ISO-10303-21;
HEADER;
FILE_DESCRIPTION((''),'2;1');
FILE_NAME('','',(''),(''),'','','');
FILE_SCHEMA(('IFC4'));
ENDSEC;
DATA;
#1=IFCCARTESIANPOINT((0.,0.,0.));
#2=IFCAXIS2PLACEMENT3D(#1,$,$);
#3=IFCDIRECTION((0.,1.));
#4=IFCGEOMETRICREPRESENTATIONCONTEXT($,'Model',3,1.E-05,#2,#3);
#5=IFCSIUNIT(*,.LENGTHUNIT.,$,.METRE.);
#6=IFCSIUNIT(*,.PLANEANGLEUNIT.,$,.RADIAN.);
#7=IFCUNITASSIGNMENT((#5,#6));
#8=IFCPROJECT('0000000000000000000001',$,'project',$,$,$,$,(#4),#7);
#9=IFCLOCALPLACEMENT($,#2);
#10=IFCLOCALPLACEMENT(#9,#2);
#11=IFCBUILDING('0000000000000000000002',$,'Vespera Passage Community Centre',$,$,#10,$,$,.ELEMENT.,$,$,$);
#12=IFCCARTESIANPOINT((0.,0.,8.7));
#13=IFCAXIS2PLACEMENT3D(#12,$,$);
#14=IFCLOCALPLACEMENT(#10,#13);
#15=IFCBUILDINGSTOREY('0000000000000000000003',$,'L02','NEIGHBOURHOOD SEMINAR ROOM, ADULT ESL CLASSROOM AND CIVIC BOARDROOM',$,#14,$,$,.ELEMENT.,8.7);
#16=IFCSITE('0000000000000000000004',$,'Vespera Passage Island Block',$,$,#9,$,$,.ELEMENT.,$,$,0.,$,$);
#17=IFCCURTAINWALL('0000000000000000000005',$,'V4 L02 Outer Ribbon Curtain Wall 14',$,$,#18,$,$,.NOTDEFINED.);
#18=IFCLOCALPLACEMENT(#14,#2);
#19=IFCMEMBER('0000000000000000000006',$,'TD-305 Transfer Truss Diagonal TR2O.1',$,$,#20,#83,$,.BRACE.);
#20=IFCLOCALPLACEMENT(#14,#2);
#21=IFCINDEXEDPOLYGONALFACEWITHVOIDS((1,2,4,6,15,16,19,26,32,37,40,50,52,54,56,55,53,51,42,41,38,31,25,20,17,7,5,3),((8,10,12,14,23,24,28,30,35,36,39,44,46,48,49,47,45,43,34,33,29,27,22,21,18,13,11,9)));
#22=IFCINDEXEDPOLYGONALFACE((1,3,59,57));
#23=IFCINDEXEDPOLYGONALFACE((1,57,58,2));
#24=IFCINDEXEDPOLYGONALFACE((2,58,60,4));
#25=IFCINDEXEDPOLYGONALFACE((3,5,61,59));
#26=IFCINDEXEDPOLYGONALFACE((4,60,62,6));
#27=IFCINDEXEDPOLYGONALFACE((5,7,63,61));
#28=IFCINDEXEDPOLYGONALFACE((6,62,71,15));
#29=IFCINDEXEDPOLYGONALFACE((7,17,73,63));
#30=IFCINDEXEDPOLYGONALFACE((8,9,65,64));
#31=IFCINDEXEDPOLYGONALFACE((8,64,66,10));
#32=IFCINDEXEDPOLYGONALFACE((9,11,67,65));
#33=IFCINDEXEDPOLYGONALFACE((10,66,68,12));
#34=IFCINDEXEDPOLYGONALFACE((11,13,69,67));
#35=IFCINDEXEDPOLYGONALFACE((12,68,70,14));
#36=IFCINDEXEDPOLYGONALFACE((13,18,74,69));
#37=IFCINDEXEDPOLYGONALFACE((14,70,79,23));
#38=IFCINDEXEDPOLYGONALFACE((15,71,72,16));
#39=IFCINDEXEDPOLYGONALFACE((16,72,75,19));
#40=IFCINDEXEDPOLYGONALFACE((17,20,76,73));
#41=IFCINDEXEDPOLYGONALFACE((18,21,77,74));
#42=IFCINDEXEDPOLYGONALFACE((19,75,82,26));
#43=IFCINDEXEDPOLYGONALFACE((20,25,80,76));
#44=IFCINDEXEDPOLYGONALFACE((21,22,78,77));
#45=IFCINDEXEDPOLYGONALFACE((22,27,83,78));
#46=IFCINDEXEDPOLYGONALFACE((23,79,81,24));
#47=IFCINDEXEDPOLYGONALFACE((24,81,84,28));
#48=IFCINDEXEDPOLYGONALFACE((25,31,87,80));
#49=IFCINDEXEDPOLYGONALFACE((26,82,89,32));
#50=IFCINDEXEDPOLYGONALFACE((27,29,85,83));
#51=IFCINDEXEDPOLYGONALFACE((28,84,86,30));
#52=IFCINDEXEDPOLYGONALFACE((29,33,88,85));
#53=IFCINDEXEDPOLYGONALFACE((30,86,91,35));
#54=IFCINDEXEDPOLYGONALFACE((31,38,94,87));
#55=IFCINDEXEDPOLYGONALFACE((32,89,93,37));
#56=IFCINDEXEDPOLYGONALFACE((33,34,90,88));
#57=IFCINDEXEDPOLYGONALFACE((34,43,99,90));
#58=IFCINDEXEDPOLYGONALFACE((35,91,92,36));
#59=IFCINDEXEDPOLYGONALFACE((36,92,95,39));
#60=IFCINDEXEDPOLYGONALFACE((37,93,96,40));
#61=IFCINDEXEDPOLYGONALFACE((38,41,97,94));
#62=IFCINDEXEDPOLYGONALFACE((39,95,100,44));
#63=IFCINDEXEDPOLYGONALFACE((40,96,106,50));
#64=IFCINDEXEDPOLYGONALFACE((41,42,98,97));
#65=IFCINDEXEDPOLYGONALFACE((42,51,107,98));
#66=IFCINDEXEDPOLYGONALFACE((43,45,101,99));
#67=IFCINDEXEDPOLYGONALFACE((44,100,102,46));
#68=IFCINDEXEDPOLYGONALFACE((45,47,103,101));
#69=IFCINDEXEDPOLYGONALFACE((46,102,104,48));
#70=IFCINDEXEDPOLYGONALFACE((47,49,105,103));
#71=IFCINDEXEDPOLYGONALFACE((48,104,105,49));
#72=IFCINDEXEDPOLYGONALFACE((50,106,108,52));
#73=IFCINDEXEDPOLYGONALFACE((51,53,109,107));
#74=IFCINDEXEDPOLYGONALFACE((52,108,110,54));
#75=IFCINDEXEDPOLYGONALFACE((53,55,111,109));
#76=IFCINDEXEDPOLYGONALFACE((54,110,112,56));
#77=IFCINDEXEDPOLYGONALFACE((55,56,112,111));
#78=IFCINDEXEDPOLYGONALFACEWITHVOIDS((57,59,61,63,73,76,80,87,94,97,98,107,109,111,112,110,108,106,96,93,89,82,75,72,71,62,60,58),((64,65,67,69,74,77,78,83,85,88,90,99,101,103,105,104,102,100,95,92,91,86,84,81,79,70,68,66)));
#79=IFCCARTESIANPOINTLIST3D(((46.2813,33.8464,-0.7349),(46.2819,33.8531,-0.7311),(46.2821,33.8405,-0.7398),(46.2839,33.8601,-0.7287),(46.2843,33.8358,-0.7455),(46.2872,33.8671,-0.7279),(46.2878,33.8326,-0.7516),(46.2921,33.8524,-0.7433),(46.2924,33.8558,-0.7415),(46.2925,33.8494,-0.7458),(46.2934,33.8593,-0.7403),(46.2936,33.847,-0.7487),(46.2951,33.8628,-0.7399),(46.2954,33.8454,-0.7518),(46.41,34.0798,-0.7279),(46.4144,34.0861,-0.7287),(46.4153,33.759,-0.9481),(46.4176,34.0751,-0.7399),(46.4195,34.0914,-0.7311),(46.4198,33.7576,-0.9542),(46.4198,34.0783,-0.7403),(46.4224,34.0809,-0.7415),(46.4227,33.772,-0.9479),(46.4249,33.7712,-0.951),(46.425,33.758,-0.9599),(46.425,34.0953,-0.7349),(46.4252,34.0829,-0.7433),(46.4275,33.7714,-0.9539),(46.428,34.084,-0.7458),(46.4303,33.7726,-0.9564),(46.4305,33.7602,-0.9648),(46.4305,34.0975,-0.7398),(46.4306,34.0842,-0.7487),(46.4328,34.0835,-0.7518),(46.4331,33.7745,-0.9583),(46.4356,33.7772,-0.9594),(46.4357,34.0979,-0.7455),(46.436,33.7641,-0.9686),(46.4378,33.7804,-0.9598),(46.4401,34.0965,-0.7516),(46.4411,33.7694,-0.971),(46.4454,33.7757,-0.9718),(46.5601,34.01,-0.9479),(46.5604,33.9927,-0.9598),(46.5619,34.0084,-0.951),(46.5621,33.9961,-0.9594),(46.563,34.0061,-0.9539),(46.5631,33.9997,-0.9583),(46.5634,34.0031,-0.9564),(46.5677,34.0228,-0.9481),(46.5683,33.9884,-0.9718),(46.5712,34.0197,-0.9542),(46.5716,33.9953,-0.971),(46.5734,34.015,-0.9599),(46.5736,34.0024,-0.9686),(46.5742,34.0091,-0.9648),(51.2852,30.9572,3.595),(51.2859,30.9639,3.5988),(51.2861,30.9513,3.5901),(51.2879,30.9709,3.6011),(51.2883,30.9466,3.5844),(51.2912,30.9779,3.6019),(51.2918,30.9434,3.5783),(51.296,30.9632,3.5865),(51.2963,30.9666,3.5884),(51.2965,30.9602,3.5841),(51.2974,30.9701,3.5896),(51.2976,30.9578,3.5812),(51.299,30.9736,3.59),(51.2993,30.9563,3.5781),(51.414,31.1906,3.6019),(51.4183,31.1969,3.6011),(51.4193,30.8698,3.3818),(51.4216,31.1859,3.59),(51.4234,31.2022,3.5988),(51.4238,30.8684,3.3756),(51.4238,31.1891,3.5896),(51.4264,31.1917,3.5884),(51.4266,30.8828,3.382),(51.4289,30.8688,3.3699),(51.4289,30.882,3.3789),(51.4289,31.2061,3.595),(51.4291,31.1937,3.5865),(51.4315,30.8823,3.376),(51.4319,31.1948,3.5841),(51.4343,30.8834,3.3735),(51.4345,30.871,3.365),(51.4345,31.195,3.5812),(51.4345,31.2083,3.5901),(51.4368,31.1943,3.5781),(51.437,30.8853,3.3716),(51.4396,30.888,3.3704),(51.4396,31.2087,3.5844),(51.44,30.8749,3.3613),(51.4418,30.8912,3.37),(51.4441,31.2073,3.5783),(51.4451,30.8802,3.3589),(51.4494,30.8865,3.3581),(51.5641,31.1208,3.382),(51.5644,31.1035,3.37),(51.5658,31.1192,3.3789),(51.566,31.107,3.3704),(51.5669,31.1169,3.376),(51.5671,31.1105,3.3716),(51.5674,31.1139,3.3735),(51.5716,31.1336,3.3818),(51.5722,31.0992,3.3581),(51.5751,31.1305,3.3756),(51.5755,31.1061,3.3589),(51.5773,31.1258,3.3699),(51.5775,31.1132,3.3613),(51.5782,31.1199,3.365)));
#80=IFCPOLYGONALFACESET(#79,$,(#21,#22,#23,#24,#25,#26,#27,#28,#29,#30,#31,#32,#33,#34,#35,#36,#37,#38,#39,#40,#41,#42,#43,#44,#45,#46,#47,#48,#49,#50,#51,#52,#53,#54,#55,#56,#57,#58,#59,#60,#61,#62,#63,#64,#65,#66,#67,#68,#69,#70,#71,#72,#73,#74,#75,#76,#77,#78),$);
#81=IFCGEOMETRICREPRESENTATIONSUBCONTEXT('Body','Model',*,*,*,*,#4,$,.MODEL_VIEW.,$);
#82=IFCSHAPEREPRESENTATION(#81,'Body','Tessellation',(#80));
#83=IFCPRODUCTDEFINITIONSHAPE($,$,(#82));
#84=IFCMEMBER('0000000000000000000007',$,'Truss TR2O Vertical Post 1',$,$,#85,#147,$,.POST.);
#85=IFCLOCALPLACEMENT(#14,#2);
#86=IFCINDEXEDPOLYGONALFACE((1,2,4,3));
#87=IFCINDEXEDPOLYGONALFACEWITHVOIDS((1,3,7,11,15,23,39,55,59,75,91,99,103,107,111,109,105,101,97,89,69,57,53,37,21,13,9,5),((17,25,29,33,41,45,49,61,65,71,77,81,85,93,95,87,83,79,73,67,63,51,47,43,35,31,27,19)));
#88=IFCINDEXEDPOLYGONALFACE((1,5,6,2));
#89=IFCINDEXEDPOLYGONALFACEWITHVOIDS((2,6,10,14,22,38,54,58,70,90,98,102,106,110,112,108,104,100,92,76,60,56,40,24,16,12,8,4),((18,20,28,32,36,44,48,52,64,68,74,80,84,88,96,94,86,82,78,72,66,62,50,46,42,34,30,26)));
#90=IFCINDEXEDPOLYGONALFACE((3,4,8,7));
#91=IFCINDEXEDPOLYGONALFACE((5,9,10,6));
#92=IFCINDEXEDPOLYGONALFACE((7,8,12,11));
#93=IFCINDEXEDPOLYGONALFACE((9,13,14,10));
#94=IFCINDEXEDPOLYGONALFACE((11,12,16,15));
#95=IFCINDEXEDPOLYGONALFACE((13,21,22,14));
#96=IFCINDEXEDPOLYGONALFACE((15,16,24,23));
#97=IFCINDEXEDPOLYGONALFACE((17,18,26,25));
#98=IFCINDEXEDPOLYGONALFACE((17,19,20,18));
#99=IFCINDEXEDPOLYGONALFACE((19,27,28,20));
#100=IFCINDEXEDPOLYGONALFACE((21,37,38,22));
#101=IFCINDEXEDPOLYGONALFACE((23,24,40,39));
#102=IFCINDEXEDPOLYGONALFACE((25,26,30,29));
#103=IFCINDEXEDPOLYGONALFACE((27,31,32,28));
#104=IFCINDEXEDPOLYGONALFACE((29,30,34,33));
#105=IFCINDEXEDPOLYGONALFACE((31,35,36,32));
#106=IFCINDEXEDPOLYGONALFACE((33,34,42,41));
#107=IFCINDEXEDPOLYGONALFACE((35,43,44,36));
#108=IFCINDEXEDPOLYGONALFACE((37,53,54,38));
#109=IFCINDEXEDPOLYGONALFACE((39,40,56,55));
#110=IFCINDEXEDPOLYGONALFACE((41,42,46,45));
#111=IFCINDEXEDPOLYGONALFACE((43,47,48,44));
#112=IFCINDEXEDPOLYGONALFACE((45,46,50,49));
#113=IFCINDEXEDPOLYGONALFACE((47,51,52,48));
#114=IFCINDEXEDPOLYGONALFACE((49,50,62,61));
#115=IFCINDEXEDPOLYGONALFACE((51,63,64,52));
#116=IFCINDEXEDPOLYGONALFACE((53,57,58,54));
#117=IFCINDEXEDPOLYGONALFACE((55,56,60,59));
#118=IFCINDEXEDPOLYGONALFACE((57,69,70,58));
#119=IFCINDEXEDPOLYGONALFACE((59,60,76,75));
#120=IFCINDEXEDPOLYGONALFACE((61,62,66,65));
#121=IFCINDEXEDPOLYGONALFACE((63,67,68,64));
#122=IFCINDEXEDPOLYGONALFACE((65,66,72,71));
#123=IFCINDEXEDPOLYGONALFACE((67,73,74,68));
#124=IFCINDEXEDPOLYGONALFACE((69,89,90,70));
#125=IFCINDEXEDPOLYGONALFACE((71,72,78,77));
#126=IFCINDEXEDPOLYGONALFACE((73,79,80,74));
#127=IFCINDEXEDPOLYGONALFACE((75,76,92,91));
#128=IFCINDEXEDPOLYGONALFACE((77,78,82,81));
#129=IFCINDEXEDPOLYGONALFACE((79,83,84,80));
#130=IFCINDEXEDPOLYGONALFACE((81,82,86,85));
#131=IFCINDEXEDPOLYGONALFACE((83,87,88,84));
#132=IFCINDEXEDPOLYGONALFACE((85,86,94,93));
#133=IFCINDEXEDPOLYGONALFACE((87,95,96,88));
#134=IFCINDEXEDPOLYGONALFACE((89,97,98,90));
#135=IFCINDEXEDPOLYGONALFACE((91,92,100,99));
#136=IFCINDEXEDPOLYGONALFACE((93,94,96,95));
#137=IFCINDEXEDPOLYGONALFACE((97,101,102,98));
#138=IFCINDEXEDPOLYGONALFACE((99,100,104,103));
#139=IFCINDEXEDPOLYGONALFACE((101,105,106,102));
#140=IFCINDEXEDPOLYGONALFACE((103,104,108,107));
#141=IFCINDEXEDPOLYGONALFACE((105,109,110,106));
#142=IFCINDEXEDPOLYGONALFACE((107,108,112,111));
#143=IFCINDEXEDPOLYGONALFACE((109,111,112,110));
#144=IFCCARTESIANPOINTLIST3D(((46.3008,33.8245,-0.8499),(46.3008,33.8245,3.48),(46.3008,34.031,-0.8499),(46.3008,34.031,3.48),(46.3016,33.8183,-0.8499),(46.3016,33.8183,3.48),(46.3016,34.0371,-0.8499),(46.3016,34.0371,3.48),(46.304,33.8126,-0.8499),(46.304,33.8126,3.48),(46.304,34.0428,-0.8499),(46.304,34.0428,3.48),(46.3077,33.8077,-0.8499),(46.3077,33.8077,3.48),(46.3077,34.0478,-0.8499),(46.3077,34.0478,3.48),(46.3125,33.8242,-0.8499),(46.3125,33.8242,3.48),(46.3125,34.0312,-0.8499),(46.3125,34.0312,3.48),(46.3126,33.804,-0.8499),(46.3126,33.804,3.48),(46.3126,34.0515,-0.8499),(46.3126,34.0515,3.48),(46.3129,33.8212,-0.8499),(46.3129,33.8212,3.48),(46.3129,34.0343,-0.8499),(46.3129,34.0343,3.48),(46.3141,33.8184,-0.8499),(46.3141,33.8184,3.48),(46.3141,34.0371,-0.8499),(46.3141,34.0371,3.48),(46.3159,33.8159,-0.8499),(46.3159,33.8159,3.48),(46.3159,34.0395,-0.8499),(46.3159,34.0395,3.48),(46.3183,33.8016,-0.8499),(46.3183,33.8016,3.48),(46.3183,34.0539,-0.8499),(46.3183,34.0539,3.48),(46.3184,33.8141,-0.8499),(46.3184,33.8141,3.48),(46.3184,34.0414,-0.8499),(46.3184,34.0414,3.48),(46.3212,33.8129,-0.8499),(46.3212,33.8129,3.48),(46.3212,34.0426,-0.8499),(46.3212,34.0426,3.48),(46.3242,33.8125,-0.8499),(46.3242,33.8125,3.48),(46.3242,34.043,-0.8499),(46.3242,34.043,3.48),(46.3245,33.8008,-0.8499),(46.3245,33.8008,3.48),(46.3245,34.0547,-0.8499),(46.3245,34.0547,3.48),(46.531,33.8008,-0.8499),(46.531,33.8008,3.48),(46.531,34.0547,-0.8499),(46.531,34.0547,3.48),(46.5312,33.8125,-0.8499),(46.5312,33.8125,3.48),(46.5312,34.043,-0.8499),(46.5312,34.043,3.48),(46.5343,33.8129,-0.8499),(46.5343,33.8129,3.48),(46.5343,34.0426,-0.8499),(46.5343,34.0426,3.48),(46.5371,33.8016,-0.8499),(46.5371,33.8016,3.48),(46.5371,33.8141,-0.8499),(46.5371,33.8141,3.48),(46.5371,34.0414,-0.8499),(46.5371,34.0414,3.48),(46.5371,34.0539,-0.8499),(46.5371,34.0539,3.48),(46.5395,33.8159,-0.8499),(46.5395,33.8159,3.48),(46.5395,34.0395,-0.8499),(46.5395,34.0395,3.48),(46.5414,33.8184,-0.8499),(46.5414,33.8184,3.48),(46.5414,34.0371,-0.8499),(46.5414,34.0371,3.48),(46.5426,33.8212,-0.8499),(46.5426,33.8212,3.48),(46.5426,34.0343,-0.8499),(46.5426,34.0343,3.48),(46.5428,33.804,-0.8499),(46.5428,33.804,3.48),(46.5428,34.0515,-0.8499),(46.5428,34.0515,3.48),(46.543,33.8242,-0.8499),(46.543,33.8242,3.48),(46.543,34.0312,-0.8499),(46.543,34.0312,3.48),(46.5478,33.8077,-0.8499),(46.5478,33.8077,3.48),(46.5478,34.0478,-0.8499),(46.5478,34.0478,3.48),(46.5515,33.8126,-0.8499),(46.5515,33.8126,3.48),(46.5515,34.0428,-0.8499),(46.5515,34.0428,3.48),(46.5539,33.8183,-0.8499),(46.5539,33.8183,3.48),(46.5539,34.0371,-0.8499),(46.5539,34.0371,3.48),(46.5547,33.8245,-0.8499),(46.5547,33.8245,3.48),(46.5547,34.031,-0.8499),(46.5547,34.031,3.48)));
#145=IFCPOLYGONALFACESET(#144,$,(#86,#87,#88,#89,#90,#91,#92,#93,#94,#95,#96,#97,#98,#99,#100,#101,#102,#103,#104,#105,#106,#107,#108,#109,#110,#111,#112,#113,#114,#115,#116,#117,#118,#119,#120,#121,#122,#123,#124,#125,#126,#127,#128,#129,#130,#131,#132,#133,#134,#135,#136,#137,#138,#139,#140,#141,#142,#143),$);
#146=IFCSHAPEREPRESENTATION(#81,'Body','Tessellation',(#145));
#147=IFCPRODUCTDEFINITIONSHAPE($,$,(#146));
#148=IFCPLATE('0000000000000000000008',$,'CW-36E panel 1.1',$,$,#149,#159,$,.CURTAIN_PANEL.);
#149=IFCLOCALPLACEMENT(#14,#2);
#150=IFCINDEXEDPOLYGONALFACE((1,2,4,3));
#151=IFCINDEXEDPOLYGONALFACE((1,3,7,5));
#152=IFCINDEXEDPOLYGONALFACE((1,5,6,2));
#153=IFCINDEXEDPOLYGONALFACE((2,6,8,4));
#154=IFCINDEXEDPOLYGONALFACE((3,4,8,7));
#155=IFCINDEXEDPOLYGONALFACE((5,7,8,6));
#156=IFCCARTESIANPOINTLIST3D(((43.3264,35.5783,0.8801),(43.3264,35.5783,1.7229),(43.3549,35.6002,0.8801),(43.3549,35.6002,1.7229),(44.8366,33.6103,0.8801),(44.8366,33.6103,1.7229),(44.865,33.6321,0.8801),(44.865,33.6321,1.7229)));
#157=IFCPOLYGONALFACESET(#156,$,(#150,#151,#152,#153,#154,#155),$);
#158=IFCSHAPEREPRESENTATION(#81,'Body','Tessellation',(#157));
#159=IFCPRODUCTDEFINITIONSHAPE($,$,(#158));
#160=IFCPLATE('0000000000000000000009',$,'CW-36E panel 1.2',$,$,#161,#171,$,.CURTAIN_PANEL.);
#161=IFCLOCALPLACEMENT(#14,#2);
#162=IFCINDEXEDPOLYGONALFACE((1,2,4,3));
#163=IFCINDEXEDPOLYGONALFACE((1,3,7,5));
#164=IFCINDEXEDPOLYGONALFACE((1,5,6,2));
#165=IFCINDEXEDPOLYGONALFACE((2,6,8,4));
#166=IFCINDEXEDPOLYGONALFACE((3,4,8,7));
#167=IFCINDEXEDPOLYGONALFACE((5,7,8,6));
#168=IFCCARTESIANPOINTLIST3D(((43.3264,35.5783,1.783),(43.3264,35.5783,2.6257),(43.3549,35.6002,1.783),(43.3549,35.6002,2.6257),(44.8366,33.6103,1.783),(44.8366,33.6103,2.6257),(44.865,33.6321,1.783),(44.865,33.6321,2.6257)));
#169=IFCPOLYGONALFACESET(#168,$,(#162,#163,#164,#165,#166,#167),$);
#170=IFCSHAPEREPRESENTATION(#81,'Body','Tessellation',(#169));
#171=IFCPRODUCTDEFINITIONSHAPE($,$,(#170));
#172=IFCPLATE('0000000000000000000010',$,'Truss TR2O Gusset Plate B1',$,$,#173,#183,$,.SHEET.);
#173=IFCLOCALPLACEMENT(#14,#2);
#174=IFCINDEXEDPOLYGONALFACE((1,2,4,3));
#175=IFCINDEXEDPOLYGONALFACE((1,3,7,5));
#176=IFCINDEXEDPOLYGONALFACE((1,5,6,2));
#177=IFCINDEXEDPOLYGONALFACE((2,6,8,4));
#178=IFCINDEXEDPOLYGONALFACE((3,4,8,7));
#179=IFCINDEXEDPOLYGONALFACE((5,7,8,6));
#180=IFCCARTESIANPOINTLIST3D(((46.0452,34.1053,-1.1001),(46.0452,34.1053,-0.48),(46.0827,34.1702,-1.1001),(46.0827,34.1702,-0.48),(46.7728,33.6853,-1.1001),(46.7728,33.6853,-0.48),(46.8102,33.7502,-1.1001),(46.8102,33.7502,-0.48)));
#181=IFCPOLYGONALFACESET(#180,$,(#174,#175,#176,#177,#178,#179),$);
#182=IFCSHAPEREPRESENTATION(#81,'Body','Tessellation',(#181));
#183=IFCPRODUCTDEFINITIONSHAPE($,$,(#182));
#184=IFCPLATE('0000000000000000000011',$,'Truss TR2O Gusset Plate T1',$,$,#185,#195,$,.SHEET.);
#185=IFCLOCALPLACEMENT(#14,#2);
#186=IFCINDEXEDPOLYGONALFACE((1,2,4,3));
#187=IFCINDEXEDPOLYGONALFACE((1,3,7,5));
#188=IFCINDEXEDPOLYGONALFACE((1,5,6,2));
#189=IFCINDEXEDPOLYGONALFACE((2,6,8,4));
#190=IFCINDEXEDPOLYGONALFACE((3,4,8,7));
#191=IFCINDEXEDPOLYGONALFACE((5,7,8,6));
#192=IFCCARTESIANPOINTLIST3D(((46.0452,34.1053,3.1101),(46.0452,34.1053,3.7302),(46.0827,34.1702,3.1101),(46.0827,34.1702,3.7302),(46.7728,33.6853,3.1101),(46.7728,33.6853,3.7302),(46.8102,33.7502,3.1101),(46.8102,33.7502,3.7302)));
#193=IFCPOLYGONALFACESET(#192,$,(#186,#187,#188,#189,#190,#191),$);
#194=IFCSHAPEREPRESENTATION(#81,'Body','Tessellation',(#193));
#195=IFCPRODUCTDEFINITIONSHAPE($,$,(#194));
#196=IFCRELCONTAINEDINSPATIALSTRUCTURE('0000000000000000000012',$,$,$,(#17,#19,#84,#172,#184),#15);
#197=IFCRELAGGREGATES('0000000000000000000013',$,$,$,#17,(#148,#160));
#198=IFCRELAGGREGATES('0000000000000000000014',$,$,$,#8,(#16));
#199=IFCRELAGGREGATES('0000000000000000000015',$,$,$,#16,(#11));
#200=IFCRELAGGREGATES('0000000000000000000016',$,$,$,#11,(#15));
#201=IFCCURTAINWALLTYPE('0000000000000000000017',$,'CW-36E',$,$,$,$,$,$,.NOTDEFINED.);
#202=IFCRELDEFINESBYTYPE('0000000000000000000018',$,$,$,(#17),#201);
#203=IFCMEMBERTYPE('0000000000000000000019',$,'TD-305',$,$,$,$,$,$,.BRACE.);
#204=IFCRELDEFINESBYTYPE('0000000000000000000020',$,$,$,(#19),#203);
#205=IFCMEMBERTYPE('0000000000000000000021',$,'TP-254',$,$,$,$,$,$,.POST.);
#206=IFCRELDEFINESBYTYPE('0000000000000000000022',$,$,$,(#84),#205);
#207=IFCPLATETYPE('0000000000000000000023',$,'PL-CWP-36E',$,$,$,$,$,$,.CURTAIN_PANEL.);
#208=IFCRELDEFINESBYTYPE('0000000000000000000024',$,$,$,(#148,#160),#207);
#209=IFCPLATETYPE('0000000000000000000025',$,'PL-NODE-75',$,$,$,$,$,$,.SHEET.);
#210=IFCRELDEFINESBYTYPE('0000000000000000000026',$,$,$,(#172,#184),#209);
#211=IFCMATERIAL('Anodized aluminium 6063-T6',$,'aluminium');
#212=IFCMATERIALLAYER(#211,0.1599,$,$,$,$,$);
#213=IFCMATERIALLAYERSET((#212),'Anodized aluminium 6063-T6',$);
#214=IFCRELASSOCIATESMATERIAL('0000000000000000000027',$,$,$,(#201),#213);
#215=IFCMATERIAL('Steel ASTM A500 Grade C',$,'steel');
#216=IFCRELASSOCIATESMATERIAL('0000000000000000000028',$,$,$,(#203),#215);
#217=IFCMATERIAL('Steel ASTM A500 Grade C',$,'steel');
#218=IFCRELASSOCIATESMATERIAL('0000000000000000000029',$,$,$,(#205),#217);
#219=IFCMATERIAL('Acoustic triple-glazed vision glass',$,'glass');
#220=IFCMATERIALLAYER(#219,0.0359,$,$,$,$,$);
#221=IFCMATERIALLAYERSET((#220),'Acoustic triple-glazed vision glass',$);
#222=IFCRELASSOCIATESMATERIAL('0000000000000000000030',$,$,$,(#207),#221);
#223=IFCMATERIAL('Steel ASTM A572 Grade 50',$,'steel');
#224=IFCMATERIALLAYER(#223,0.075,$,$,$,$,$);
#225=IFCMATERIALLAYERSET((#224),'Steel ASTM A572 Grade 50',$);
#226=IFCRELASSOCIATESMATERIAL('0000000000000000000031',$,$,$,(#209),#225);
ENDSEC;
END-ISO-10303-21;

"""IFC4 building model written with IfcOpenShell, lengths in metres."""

from ifc_helpers import new_model, si_unit, direction, frame, origin, origin_2d, place, context, subcontext, project, spatial, rectangle, hollow_rectangle, extrude, material, layer, layer_set, material_profile, profile_set, type_object, element, aggregate, save


model = new_model("IFC4")

# Units and contexts
model_context = context("Model", 3, precision=1e-05, world=origin(), true_north=direction((0.0, 1.0)))
body_context = subcontext(model_context, "Body", "Model", "MODEL_VIEW")
ifc_project = project(units=[si_unit("LENGTHUNIT", "METRE"), si_unit("PLANEANGLEUNIT", "RADIAN")], contexts=[model_context])

# Site, building, storey
site_placement = place(None, origin())
site = spatial("IfcSite", under=ifc_project, at=site_placement, Name="Vespera Passage Island Block", CompositionType="ELEMENT", RefElevation=0.0)
building_placement = place(site_placement, origin())
building = spatial("IfcBuilding", under=site, at=building_placement, Name="Vespera Passage Community Centre", CompositionType="ELEMENT")
storey_placement = place(building_placement, frame((0.0, 0.0, 8.7)))
storey = spatial("IfcBuildingStorey", under=building, at=storey_placement, Name="L02", Description="NEIGHBOURHOOD SEMINAR ROOM, ADULT ESL CLASSROOM AND CIVIC BOARDROOM", CompositionType="ELEMENT", Elevation=8.7)

# Curtain wall
ifc_material_1 = material(Name="Anodized aluminium 6063-T6", Category="aluminium")
ifc_layer_1 = layer(ifc_material_1, 0.1599)
ifc_layer_set_1 = layer_set([ifc_layer_1], Name="Anodized aluminium 6063-T6")
curtain_wall_type = type_object("IfcCurtainWallType", Name="CW-36E", PredefinedType="NOTDEFINED", material=ifc_layer_set_1)
curtain_wall_placement = place(storey_placement, origin())
curtain_wall = element("IfcCurtainWall", 1, at=curtain_wall_placement, inside=storey, type_object=curtain_wall_type, Name="V4 L02 Outer Ribbon Curtain Wall 14", PredefinedType="NOTDEFINED")

# Members
ifc_material_2 = material(Name="Steel ASTM A500 Grade C", Category="steel")
ifc_material_profile_1 = material_profile(ifc_material_2, hollow_rectangle(XDim=0.3047, YDim=0.3047, WallThickness=0.0149, InnerFilletRadius=0.0149, OuterFilletRadius=0.0295, at=origin_2d()), Name="HSS305X305X15.9")
ifc_profile_set_1 = profile_set([ifc_material_profile_1], Name="Steel ASTM A500 Grade C")
member_type_1 = type_object("IfcMemberType", Name="TD-305", PredefinedType="BRACE", material=ifc_profile_set_1)
member_1_placement = place(storey_placement, frame((46.4277, 33.9277, -0.8499), z_axis=(0.693026, -0.40014, 0.599669), x_axis=(0.50002, 0.866014, 0.0)))
element("IfcMember", 2, at=member_1_placement, inside=storey, type_object=member_type_1, Name="TD-305 Transfer Truss Diagonal TR2O.1", PredefinedType="BRACE", context=body_context, shape_type="SweptSolid", body=[
    extrude(hollow_rectangle(XDim=0.3047, YDim=0.3047, WallThickness=0.0149, InnerFilletRadius=0.0149, OuterFilletRadius=0.0295, at=origin_2d()), origin(), (0.0, 0.0, 1.0), 7.2205),
])
ifc_material_3 = material(Name="Steel ASTM A500 Grade C", Category="steel")
ifc_material_profile_2 = material_profile(ifc_material_3, hollow_rectangle(XDim=0.2539, YDim=0.2539, WallThickness=0.0117, InnerFilletRadius=0.0117, OuterFilletRadius=0.0237, at=origin_2d()), Name="HSS254X254X12.7")
ifc_profile_set_2 = profile_set([ifc_material_profile_2], Name="Steel ASTM A500 Grade C")
member_type_2 = type_object("IfcMemberType", Name="TP-254", PredefinedType="POST", material=ifc_profile_set_2)
member_2_placement = place(storey_placement, frame((46.4277, 33.9277, -0.8499), z_axis=(0.0, 0.0, 1.0), x_axis=(1.0, 0.0, 0.0)))
element("IfcMember", 3, at=member_2_placement, inside=storey, type_object=member_type_2, Name="Truss TR2O Vertical Post 1", PredefinedType="POST", context=body_context, shape_type="SweptSolid", body=[
    extrude(hollow_rectangle(XDim=0.2539, YDim=0.2539, WallThickness=0.0117, InnerFilletRadius=0.0117, OuterFilletRadius=0.0237, at=origin_2d()), origin(), (0.0, 0.0, 1.0), 4.3298),
])

# Plates
ifc_material_4 = material(Name="Acoustic triple-glazed vision glass", Category="glass")
ifc_layer_2 = layer(ifc_material_4, 0.0359)
ifc_layer_set_2 = layer_set([ifc_layer_2], Name="Acoustic triple-glazed vision glass")
plate_type_1 = type_object("IfcPlateType", Name="PL-CWP-36E", PredefinedType="CURTAIN_PANEL", material=ifc_layer_set_2)
plate_1_placement = place(storey_placement, frame((44.0957, 34.6052, 0.8801), z_axis=(0.0, 0.0, 1.0), x_axis=(-0.608765, 0.79335, 0.0)))
plate_1 = element("IfcPlate", 4, at=plate_1_placement, type_object=plate_type_1, Name="CW-36E panel 1.1", PredefinedType="CURTAIN_PANEL", context=body_context, shape_type="SweptSolid", body=[
    extrude(rectangle(XDim=2.4807, YDim=0.0359, at=origin_2d()), origin(), (0.0, 0.0, 1.0), 0.8428),
])
plate_2_placement = place(storey_placement, frame((44.0957, 34.6052, 1.783), z_axis=(0.0, 0.0, 1.0), x_axis=(-0.608765, 0.79335, 0.0)))
plate_2 = element("IfcPlate", 5, at=plate_2_placement, type_object=plate_type_1, Name="CW-36E panel 1.2", PredefinedType="CURTAIN_PANEL", context=body_context, shape_type="SweptSolid", body=[
    extrude(rectangle(XDim=2.4807, YDim=0.0359, at=origin_2d()), origin(), (0.0, 0.0, 1.0), 0.8428),
])
aggregate(curtain_wall, [plate_1, plate_2])

# Plates
ifc_material_5 = material(Name="Steel ASTM A572 Grade 50", Category="steel")
ifc_layer_3 = layer(ifc_material_5, 0.075)
ifc_layer_set_3 = layer_set([ifc_layer_3], Name="Steel ASTM A572 Grade 50")
plate_type_2 = type_object("IfcPlateType", Name="PL-NODE-75", PredefinedType="SHEET", material=ifc_layer_set_3)
for number, where, z_axis, x_axis, name in (
    (6, (46.4277, 33.9277, -1.1001), (0.0, 0.0, 1.0), (0.866025, -0.5, 0.0), "Truss TR2O Gusset Plate B1"),
    (7, (46.4277, 33.9277, 3.1101), (0.0, 0.0, 1.0), (0.866025, -0.5, 0.0), "Truss TR2O Gusset Plate T1"),
):
    element("IfcPlate", number, at=place(storey_placement, frame(where, z_axis=z_axis, x_axis=x_axis)), inside=storey, type_object=plate_type_2, Name=name, PredefinedType="SHEET", context=body_context, shape_type="SweptSolid", body=[
        extrude(rectangle(XDim=0.8401, YDim=0.075, at=origin_2d()), origin(), (0.0, 0.0, 1.0), 0.6201),
    ])

save(model, "model.ifc")
